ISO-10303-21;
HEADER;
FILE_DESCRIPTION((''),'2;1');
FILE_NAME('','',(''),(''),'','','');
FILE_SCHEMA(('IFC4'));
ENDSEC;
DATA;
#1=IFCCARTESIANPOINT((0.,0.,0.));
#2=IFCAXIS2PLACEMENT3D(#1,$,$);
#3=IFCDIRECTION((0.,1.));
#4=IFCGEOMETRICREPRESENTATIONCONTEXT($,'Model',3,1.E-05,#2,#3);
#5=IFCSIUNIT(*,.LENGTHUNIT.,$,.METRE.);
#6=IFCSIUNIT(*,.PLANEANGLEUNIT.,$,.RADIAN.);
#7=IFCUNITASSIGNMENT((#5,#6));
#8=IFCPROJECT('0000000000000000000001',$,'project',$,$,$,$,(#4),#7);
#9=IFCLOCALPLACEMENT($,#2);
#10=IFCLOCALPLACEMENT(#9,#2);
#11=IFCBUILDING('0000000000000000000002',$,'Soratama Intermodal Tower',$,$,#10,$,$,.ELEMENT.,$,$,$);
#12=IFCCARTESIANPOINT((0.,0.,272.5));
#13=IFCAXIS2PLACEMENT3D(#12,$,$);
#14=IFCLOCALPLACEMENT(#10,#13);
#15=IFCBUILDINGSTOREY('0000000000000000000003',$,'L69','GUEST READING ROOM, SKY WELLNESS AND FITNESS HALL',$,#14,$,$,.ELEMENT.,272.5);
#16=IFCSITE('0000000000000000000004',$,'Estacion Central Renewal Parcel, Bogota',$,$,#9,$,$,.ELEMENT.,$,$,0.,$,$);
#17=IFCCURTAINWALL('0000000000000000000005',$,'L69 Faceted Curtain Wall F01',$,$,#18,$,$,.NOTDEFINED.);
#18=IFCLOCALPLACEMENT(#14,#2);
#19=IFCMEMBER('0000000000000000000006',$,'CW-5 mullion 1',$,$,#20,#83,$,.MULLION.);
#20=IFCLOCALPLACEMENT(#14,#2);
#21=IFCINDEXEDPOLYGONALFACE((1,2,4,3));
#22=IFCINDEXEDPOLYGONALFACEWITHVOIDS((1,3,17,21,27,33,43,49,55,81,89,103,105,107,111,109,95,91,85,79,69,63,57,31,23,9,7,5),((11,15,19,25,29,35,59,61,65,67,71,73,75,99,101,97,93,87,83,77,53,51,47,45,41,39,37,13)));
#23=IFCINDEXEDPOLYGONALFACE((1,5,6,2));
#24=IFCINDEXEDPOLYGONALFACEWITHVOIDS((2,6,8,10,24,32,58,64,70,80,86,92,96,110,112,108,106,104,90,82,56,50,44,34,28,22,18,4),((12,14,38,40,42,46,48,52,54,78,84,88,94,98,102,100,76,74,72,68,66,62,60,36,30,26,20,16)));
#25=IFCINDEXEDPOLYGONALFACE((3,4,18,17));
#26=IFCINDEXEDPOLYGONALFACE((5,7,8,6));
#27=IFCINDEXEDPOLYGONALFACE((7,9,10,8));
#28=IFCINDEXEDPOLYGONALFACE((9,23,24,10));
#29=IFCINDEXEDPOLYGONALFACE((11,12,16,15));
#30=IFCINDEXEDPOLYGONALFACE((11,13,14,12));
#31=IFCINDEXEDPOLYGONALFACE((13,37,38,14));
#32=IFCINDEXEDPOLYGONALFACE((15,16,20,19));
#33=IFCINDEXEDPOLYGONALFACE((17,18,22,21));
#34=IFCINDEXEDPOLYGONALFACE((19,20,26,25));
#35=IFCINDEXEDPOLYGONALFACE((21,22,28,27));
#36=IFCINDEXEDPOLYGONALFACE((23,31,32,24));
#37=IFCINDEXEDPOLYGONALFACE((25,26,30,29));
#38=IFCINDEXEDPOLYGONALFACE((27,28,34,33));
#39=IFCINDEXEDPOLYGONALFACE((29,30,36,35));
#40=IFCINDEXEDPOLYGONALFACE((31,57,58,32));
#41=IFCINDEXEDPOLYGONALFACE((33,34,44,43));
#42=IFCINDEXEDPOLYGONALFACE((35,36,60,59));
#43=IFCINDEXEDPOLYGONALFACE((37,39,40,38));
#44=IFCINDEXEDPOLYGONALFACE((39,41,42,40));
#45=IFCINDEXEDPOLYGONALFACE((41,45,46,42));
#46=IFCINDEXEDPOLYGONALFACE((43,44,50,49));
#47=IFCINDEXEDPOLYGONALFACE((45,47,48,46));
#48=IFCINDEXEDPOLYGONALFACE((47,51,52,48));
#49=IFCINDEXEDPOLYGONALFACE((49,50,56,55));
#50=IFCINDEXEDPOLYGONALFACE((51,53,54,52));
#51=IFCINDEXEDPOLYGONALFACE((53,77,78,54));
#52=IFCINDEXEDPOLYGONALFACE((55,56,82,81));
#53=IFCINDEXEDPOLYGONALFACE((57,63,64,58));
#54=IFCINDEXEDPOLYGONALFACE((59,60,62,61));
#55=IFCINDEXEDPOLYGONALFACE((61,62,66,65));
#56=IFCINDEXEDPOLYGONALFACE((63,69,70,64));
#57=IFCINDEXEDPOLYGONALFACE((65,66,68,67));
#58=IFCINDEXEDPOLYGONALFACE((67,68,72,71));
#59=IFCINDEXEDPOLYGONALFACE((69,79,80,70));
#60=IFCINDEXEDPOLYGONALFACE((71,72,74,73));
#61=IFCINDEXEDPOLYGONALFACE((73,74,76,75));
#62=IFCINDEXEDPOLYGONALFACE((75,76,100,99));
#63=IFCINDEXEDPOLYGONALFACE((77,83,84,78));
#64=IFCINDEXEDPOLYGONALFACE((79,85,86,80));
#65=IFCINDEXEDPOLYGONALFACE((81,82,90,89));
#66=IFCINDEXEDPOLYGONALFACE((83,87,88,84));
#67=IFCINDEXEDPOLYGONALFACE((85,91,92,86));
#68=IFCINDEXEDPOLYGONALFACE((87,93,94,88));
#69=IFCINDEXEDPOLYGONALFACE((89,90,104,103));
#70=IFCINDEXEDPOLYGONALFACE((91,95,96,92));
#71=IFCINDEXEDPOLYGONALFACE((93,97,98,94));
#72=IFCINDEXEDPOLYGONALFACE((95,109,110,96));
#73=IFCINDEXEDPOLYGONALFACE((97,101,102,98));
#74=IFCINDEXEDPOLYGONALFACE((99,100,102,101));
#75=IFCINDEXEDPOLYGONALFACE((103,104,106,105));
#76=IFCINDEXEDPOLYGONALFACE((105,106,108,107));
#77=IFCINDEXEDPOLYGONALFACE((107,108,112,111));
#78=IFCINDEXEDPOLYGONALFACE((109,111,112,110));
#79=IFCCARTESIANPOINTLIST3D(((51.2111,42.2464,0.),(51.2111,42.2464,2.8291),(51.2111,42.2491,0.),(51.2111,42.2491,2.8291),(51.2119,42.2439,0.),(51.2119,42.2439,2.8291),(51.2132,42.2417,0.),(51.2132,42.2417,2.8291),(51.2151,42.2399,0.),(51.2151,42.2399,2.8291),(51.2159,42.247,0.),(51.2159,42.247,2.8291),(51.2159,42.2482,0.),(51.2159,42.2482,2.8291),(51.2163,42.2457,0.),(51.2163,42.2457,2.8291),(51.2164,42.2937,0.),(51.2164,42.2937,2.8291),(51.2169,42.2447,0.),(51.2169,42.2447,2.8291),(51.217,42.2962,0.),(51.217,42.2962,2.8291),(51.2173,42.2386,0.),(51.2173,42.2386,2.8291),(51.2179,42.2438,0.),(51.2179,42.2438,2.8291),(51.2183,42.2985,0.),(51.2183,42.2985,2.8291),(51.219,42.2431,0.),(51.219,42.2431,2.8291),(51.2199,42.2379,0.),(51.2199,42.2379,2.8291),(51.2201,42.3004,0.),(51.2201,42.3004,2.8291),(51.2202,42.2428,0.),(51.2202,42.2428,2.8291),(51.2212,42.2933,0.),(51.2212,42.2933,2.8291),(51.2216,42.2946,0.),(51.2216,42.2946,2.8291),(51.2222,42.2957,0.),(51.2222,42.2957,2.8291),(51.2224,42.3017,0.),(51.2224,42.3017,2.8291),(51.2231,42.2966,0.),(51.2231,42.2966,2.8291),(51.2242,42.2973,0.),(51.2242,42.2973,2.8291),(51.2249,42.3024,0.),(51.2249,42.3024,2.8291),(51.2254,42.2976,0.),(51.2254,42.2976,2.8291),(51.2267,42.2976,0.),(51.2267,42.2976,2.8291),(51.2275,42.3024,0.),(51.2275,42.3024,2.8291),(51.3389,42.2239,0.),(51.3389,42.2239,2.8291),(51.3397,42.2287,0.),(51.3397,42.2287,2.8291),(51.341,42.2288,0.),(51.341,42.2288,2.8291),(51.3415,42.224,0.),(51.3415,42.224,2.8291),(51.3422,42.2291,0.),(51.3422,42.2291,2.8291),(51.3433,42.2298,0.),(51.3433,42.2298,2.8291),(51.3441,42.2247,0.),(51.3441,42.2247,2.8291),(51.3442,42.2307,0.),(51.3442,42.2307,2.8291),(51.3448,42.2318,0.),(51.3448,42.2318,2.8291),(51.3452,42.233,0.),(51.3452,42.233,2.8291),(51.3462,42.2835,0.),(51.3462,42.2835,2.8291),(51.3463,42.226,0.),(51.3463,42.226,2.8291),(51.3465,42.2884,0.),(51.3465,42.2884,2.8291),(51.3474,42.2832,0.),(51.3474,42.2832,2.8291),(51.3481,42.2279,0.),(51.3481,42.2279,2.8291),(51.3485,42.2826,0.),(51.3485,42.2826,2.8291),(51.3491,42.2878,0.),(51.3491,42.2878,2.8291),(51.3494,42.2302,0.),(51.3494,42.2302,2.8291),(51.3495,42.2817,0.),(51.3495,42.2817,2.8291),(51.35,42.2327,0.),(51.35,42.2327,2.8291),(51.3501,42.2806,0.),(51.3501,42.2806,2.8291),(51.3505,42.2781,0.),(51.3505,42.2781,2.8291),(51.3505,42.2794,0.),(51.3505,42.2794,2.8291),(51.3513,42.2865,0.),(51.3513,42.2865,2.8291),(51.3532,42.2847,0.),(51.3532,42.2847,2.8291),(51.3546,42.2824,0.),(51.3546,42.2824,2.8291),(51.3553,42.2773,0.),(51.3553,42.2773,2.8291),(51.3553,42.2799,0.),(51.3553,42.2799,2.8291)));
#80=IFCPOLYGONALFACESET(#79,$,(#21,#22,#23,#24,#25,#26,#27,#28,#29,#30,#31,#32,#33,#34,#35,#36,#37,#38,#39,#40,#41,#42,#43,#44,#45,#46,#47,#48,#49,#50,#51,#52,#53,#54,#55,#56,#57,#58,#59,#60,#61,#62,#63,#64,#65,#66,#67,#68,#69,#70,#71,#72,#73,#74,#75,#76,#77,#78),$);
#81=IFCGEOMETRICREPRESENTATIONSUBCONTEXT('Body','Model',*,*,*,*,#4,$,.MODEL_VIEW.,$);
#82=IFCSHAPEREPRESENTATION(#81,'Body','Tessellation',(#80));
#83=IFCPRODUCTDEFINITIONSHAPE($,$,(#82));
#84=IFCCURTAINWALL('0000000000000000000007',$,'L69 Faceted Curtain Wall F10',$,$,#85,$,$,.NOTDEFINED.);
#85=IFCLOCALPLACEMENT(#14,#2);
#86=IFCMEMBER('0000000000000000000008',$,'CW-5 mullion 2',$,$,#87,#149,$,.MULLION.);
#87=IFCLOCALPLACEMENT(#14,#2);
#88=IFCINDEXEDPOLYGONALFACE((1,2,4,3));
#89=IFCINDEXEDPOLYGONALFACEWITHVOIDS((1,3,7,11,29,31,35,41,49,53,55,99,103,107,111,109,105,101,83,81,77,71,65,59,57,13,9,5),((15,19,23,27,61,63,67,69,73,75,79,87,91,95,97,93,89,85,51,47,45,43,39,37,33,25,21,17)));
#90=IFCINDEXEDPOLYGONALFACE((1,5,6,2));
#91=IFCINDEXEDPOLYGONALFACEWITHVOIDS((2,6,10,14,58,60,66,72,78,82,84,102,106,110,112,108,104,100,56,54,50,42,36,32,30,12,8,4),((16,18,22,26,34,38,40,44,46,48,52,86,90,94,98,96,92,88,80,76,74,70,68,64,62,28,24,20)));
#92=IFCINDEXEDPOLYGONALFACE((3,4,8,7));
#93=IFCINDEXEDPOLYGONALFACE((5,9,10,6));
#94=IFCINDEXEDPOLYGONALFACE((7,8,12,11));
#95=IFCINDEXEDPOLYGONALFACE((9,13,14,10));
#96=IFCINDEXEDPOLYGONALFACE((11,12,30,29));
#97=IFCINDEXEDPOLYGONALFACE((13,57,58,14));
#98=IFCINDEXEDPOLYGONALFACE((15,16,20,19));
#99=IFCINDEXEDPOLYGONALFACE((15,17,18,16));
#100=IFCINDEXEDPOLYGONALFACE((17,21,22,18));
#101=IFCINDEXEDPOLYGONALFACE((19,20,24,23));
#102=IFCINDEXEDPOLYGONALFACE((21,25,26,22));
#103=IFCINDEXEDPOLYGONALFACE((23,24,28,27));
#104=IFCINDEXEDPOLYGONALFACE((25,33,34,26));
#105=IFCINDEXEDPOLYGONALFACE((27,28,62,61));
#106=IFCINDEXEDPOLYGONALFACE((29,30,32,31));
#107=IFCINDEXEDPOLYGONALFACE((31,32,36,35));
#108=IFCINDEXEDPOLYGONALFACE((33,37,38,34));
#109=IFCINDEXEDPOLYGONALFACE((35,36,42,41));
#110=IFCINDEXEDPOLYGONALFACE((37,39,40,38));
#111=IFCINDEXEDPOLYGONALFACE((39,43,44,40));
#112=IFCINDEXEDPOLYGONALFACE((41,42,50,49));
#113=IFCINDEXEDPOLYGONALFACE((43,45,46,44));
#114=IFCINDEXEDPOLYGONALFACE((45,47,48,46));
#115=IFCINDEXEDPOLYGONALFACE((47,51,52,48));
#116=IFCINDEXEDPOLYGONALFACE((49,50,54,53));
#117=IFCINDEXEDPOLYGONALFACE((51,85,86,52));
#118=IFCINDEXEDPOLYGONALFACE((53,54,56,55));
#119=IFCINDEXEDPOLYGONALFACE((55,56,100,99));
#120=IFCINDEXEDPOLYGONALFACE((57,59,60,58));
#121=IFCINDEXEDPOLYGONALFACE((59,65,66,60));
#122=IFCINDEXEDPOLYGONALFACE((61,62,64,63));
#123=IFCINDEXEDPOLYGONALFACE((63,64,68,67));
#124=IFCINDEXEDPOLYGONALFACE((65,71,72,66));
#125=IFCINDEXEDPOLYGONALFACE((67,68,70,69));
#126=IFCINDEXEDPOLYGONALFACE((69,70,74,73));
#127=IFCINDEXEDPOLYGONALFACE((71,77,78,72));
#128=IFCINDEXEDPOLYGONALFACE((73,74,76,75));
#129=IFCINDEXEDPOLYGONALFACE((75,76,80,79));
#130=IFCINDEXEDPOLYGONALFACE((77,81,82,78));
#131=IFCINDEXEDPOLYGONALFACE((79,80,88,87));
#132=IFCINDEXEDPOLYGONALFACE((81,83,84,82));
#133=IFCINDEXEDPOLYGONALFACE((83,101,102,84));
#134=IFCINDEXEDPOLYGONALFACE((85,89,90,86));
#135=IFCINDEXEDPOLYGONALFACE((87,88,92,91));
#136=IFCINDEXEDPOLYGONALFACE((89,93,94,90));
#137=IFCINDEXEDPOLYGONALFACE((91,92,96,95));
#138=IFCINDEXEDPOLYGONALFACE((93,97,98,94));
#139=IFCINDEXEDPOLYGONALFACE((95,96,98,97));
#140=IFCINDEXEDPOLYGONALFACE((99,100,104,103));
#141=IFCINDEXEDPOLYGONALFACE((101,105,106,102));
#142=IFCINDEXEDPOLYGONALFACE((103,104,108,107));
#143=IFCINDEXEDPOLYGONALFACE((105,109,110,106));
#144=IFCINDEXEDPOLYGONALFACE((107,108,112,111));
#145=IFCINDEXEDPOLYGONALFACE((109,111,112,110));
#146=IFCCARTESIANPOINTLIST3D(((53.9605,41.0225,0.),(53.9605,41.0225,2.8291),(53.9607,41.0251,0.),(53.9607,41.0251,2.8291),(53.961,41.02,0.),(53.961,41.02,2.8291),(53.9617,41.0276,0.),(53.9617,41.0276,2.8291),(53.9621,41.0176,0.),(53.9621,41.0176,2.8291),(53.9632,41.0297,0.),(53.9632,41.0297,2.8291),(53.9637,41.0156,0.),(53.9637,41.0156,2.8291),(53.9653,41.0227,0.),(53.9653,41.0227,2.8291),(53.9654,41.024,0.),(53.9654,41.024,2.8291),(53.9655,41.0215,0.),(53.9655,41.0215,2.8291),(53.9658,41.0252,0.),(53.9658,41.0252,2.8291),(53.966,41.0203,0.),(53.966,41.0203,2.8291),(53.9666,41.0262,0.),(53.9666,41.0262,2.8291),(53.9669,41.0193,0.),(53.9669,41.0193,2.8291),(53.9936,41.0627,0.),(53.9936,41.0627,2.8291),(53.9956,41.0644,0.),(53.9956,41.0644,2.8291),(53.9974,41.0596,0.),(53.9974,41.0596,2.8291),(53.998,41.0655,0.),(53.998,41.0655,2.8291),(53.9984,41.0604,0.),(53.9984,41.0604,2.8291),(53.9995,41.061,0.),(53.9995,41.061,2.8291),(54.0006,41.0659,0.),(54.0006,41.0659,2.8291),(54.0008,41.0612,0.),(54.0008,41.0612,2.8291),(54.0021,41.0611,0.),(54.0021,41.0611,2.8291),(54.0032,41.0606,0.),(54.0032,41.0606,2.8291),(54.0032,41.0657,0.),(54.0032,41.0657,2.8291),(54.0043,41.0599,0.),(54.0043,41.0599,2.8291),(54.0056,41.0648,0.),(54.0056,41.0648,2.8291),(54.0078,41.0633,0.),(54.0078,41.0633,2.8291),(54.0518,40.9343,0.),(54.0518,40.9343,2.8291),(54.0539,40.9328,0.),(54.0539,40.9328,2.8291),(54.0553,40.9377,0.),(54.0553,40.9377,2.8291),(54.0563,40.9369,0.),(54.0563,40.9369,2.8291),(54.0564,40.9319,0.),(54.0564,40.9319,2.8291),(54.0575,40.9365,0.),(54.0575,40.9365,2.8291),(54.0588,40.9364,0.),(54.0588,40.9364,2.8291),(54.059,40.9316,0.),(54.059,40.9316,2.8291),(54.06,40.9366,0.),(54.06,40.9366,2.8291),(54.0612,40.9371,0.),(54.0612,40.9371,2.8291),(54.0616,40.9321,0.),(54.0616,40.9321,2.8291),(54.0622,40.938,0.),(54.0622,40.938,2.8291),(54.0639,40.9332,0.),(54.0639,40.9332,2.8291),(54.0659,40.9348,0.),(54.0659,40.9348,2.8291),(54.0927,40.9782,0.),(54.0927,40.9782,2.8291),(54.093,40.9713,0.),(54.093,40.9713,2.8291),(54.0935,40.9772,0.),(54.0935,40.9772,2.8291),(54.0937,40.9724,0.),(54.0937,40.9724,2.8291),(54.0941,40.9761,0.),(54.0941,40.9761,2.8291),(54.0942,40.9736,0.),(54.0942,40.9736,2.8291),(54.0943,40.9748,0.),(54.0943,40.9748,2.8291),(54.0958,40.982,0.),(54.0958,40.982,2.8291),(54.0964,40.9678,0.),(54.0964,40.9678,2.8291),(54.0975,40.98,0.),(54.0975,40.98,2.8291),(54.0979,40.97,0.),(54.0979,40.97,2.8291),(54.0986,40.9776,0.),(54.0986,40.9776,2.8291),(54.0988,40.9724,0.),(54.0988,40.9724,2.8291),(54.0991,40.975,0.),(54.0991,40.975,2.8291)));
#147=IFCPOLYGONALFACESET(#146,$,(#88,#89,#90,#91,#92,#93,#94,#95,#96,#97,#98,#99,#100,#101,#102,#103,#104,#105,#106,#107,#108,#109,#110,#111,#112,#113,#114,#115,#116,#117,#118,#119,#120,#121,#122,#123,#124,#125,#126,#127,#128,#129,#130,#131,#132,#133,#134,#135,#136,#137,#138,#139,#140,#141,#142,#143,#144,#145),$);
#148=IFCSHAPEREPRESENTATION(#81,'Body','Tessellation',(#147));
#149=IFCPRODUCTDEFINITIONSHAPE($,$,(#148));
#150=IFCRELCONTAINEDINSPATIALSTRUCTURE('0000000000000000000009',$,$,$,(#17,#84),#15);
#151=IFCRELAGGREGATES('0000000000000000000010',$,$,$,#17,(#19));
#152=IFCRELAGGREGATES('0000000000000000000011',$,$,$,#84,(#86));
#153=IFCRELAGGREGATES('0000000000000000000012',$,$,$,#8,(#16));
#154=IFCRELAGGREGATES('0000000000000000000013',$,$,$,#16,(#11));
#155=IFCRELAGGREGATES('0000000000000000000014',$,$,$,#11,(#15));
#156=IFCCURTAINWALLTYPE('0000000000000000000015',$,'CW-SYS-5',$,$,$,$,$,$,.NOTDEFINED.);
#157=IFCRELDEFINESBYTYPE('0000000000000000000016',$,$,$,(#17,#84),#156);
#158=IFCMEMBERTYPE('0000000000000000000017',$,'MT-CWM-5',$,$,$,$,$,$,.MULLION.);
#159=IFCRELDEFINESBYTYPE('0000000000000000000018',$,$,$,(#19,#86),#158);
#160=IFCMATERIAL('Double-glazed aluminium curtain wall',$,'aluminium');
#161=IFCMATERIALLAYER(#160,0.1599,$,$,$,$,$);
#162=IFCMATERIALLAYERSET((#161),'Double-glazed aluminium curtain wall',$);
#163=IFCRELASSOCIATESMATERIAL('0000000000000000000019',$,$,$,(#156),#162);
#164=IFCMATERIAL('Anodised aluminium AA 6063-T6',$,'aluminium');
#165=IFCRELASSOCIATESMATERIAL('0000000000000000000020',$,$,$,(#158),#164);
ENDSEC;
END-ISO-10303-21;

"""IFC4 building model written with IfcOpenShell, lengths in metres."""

from ifc_helpers import new_model, si_unit, direction, frame, origin, origin_2d, place, context, subcontext, project, spatial, hollow_rectangle, extrude, material, layer, layer_set, material_profile, profile_set, type_object, element, aggregate, save


model = new_model("IFC4")

# Units and contexts
model_context = context("Model", 3, precision=1e-05, world=origin(), true_north=direction((0.0, 1.0)))
body_context = subcontext(model_context, "Body", "Model", "MODEL_VIEW")
ifc_project = project(units=[si_unit("LENGTHUNIT", "METRE"), si_unit("PLANEANGLEUNIT", "RADIAN")], contexts=[model_context])

# Site, building, storey
site_placement = place(None, origin())
site = spatial("IfcSite", under=ifc_project, at=site_placement, Name="Estacion Central Renewal Parcel, Bogota", CompositionType="ELEMENT", RefElevation=0.0)
building_placement = place(site_placement, origin())
building = spatial("IfcBuilding", under=site, at=building_placement, Name="Soratama Intermodal Tower", CompositionType="ELEMENT")
storey_placement = place(building_placement, frame((0.0, 0.0, 272.5)))
storey = spatial("IfcBuildingStorey", under=building, at=storey_placement, Name="L69", Description="GUEST READING ROOM, SKY WELLNESS AND FITNESS HALL", CompositionType="ELEMENT", Elevation=272.5)

# Curtain walls, members
ifc_material_1 = material(Name="Double-glazed aluminium curtain wall", Category="aluminium")
ifc_layer_1 = layer(ifc_material_1, 0.1599)
ifc_layer_set_1 = layer_set([ifc_layer_1], Name="Double-glazed aluminium curtain wall")
curtain_wall_type = type_object("IfcCurtainWallType", Name="CW-SYS-5", PredefinedType="NOTDEFINED", material=ifc_layer_set_1)
curtain_wall_1_placement = place(storey_placement, origin())
curtain_wall_1 = element("IfcCurtainWall", 1, at=curtain_wall_1_placement, inside=storey, type_object=curtain_wall_type, Name="L69 Faceted Curtain Wall F01", PredefinedType="NOTDEFINED")
ifc_material_2 = material(Name="Anodised aluminium AA 6063-T6", Category="aluminium")
ifc_material_profile_1 = material_profile(ifc_material_2, hollow_rectangle(XDim=0.0649, YDim=0.1399, WallThickness=0.0049, InnerFilletRadius=0.0049, OuterFilletRadius=0.01, at=origin_2d()), Name="CWM140X65X5")
ifc_profile_set_1 = profile_set([ifc_material_profile_1], Name="Anodised aluminium AA 6063-T6")
member_type_1 = type_object("IfcMemberType", Name="MT-CWM-5", PredefinedType="MULLION", material=ifc_profile_set_1)
member_1_placement = place(storey_placement, frame((51.2832, 42.2632, 0.0), z_axis=(0.0, 0.0, 1.0), x_axis=(-0.117013, -0.99313, 0.0)))
member_1 = element("IfcMember", 2, at=member_1_placement, type_object=member_type_1, Name="CW-5 mullion 1", PredefinedType="MULLION", context=body_context, shape_type="SweptSolid", body=[
    extrude(hollow_rectangle(XDim=0.0649, YDim=0.1399, WallThickness=0.0049, InnerFilletRadius=0.0049, OuterFilletRadius=0.01, at=origin_2d()), origin(), (0.0, 0.0, 1.0), 2.8291),
])
curtain_wall_2_placement = place(storey_placement, origin())
curtain_wall_2 = element("IfcCurtainWall", 3, at=curtain_wall_2_placement, inside=storey, type_object=curtain_wall_type, Name="L69 Faceted Curtain Wall F10", PredefinedType="NOTDEFINED")
member_2_placement = place(storey_placement, frame((54.0298, 40.9988, 0.0), z_axis=(0.0, 0.0, 1.0), x_axis=(-0.678417, -0.734677, 0.0)))
member_2 = element("IfcMember", 4, at=member_2_placement, type_object=member_type_1, Name="CW-5 mullion 2", PredefinedType="MULLION", context=body_context, shape_type="SweptSolid", body=[
    extrude(hollow_rectangle(XDim=0.0649, YDim=0.1399, WallThickness=0.0049, InnerFilletRadius=0.0049, OuterFilletRadius=0.01, at=origin_2d()), origin(), (0.0, 0.0, 1.0), 2.8291),
])

aggregate(curtain_wall_1, [member_1])

aggregate(curtain_wall_2, [member_2])

save(model, "model.ifc")
